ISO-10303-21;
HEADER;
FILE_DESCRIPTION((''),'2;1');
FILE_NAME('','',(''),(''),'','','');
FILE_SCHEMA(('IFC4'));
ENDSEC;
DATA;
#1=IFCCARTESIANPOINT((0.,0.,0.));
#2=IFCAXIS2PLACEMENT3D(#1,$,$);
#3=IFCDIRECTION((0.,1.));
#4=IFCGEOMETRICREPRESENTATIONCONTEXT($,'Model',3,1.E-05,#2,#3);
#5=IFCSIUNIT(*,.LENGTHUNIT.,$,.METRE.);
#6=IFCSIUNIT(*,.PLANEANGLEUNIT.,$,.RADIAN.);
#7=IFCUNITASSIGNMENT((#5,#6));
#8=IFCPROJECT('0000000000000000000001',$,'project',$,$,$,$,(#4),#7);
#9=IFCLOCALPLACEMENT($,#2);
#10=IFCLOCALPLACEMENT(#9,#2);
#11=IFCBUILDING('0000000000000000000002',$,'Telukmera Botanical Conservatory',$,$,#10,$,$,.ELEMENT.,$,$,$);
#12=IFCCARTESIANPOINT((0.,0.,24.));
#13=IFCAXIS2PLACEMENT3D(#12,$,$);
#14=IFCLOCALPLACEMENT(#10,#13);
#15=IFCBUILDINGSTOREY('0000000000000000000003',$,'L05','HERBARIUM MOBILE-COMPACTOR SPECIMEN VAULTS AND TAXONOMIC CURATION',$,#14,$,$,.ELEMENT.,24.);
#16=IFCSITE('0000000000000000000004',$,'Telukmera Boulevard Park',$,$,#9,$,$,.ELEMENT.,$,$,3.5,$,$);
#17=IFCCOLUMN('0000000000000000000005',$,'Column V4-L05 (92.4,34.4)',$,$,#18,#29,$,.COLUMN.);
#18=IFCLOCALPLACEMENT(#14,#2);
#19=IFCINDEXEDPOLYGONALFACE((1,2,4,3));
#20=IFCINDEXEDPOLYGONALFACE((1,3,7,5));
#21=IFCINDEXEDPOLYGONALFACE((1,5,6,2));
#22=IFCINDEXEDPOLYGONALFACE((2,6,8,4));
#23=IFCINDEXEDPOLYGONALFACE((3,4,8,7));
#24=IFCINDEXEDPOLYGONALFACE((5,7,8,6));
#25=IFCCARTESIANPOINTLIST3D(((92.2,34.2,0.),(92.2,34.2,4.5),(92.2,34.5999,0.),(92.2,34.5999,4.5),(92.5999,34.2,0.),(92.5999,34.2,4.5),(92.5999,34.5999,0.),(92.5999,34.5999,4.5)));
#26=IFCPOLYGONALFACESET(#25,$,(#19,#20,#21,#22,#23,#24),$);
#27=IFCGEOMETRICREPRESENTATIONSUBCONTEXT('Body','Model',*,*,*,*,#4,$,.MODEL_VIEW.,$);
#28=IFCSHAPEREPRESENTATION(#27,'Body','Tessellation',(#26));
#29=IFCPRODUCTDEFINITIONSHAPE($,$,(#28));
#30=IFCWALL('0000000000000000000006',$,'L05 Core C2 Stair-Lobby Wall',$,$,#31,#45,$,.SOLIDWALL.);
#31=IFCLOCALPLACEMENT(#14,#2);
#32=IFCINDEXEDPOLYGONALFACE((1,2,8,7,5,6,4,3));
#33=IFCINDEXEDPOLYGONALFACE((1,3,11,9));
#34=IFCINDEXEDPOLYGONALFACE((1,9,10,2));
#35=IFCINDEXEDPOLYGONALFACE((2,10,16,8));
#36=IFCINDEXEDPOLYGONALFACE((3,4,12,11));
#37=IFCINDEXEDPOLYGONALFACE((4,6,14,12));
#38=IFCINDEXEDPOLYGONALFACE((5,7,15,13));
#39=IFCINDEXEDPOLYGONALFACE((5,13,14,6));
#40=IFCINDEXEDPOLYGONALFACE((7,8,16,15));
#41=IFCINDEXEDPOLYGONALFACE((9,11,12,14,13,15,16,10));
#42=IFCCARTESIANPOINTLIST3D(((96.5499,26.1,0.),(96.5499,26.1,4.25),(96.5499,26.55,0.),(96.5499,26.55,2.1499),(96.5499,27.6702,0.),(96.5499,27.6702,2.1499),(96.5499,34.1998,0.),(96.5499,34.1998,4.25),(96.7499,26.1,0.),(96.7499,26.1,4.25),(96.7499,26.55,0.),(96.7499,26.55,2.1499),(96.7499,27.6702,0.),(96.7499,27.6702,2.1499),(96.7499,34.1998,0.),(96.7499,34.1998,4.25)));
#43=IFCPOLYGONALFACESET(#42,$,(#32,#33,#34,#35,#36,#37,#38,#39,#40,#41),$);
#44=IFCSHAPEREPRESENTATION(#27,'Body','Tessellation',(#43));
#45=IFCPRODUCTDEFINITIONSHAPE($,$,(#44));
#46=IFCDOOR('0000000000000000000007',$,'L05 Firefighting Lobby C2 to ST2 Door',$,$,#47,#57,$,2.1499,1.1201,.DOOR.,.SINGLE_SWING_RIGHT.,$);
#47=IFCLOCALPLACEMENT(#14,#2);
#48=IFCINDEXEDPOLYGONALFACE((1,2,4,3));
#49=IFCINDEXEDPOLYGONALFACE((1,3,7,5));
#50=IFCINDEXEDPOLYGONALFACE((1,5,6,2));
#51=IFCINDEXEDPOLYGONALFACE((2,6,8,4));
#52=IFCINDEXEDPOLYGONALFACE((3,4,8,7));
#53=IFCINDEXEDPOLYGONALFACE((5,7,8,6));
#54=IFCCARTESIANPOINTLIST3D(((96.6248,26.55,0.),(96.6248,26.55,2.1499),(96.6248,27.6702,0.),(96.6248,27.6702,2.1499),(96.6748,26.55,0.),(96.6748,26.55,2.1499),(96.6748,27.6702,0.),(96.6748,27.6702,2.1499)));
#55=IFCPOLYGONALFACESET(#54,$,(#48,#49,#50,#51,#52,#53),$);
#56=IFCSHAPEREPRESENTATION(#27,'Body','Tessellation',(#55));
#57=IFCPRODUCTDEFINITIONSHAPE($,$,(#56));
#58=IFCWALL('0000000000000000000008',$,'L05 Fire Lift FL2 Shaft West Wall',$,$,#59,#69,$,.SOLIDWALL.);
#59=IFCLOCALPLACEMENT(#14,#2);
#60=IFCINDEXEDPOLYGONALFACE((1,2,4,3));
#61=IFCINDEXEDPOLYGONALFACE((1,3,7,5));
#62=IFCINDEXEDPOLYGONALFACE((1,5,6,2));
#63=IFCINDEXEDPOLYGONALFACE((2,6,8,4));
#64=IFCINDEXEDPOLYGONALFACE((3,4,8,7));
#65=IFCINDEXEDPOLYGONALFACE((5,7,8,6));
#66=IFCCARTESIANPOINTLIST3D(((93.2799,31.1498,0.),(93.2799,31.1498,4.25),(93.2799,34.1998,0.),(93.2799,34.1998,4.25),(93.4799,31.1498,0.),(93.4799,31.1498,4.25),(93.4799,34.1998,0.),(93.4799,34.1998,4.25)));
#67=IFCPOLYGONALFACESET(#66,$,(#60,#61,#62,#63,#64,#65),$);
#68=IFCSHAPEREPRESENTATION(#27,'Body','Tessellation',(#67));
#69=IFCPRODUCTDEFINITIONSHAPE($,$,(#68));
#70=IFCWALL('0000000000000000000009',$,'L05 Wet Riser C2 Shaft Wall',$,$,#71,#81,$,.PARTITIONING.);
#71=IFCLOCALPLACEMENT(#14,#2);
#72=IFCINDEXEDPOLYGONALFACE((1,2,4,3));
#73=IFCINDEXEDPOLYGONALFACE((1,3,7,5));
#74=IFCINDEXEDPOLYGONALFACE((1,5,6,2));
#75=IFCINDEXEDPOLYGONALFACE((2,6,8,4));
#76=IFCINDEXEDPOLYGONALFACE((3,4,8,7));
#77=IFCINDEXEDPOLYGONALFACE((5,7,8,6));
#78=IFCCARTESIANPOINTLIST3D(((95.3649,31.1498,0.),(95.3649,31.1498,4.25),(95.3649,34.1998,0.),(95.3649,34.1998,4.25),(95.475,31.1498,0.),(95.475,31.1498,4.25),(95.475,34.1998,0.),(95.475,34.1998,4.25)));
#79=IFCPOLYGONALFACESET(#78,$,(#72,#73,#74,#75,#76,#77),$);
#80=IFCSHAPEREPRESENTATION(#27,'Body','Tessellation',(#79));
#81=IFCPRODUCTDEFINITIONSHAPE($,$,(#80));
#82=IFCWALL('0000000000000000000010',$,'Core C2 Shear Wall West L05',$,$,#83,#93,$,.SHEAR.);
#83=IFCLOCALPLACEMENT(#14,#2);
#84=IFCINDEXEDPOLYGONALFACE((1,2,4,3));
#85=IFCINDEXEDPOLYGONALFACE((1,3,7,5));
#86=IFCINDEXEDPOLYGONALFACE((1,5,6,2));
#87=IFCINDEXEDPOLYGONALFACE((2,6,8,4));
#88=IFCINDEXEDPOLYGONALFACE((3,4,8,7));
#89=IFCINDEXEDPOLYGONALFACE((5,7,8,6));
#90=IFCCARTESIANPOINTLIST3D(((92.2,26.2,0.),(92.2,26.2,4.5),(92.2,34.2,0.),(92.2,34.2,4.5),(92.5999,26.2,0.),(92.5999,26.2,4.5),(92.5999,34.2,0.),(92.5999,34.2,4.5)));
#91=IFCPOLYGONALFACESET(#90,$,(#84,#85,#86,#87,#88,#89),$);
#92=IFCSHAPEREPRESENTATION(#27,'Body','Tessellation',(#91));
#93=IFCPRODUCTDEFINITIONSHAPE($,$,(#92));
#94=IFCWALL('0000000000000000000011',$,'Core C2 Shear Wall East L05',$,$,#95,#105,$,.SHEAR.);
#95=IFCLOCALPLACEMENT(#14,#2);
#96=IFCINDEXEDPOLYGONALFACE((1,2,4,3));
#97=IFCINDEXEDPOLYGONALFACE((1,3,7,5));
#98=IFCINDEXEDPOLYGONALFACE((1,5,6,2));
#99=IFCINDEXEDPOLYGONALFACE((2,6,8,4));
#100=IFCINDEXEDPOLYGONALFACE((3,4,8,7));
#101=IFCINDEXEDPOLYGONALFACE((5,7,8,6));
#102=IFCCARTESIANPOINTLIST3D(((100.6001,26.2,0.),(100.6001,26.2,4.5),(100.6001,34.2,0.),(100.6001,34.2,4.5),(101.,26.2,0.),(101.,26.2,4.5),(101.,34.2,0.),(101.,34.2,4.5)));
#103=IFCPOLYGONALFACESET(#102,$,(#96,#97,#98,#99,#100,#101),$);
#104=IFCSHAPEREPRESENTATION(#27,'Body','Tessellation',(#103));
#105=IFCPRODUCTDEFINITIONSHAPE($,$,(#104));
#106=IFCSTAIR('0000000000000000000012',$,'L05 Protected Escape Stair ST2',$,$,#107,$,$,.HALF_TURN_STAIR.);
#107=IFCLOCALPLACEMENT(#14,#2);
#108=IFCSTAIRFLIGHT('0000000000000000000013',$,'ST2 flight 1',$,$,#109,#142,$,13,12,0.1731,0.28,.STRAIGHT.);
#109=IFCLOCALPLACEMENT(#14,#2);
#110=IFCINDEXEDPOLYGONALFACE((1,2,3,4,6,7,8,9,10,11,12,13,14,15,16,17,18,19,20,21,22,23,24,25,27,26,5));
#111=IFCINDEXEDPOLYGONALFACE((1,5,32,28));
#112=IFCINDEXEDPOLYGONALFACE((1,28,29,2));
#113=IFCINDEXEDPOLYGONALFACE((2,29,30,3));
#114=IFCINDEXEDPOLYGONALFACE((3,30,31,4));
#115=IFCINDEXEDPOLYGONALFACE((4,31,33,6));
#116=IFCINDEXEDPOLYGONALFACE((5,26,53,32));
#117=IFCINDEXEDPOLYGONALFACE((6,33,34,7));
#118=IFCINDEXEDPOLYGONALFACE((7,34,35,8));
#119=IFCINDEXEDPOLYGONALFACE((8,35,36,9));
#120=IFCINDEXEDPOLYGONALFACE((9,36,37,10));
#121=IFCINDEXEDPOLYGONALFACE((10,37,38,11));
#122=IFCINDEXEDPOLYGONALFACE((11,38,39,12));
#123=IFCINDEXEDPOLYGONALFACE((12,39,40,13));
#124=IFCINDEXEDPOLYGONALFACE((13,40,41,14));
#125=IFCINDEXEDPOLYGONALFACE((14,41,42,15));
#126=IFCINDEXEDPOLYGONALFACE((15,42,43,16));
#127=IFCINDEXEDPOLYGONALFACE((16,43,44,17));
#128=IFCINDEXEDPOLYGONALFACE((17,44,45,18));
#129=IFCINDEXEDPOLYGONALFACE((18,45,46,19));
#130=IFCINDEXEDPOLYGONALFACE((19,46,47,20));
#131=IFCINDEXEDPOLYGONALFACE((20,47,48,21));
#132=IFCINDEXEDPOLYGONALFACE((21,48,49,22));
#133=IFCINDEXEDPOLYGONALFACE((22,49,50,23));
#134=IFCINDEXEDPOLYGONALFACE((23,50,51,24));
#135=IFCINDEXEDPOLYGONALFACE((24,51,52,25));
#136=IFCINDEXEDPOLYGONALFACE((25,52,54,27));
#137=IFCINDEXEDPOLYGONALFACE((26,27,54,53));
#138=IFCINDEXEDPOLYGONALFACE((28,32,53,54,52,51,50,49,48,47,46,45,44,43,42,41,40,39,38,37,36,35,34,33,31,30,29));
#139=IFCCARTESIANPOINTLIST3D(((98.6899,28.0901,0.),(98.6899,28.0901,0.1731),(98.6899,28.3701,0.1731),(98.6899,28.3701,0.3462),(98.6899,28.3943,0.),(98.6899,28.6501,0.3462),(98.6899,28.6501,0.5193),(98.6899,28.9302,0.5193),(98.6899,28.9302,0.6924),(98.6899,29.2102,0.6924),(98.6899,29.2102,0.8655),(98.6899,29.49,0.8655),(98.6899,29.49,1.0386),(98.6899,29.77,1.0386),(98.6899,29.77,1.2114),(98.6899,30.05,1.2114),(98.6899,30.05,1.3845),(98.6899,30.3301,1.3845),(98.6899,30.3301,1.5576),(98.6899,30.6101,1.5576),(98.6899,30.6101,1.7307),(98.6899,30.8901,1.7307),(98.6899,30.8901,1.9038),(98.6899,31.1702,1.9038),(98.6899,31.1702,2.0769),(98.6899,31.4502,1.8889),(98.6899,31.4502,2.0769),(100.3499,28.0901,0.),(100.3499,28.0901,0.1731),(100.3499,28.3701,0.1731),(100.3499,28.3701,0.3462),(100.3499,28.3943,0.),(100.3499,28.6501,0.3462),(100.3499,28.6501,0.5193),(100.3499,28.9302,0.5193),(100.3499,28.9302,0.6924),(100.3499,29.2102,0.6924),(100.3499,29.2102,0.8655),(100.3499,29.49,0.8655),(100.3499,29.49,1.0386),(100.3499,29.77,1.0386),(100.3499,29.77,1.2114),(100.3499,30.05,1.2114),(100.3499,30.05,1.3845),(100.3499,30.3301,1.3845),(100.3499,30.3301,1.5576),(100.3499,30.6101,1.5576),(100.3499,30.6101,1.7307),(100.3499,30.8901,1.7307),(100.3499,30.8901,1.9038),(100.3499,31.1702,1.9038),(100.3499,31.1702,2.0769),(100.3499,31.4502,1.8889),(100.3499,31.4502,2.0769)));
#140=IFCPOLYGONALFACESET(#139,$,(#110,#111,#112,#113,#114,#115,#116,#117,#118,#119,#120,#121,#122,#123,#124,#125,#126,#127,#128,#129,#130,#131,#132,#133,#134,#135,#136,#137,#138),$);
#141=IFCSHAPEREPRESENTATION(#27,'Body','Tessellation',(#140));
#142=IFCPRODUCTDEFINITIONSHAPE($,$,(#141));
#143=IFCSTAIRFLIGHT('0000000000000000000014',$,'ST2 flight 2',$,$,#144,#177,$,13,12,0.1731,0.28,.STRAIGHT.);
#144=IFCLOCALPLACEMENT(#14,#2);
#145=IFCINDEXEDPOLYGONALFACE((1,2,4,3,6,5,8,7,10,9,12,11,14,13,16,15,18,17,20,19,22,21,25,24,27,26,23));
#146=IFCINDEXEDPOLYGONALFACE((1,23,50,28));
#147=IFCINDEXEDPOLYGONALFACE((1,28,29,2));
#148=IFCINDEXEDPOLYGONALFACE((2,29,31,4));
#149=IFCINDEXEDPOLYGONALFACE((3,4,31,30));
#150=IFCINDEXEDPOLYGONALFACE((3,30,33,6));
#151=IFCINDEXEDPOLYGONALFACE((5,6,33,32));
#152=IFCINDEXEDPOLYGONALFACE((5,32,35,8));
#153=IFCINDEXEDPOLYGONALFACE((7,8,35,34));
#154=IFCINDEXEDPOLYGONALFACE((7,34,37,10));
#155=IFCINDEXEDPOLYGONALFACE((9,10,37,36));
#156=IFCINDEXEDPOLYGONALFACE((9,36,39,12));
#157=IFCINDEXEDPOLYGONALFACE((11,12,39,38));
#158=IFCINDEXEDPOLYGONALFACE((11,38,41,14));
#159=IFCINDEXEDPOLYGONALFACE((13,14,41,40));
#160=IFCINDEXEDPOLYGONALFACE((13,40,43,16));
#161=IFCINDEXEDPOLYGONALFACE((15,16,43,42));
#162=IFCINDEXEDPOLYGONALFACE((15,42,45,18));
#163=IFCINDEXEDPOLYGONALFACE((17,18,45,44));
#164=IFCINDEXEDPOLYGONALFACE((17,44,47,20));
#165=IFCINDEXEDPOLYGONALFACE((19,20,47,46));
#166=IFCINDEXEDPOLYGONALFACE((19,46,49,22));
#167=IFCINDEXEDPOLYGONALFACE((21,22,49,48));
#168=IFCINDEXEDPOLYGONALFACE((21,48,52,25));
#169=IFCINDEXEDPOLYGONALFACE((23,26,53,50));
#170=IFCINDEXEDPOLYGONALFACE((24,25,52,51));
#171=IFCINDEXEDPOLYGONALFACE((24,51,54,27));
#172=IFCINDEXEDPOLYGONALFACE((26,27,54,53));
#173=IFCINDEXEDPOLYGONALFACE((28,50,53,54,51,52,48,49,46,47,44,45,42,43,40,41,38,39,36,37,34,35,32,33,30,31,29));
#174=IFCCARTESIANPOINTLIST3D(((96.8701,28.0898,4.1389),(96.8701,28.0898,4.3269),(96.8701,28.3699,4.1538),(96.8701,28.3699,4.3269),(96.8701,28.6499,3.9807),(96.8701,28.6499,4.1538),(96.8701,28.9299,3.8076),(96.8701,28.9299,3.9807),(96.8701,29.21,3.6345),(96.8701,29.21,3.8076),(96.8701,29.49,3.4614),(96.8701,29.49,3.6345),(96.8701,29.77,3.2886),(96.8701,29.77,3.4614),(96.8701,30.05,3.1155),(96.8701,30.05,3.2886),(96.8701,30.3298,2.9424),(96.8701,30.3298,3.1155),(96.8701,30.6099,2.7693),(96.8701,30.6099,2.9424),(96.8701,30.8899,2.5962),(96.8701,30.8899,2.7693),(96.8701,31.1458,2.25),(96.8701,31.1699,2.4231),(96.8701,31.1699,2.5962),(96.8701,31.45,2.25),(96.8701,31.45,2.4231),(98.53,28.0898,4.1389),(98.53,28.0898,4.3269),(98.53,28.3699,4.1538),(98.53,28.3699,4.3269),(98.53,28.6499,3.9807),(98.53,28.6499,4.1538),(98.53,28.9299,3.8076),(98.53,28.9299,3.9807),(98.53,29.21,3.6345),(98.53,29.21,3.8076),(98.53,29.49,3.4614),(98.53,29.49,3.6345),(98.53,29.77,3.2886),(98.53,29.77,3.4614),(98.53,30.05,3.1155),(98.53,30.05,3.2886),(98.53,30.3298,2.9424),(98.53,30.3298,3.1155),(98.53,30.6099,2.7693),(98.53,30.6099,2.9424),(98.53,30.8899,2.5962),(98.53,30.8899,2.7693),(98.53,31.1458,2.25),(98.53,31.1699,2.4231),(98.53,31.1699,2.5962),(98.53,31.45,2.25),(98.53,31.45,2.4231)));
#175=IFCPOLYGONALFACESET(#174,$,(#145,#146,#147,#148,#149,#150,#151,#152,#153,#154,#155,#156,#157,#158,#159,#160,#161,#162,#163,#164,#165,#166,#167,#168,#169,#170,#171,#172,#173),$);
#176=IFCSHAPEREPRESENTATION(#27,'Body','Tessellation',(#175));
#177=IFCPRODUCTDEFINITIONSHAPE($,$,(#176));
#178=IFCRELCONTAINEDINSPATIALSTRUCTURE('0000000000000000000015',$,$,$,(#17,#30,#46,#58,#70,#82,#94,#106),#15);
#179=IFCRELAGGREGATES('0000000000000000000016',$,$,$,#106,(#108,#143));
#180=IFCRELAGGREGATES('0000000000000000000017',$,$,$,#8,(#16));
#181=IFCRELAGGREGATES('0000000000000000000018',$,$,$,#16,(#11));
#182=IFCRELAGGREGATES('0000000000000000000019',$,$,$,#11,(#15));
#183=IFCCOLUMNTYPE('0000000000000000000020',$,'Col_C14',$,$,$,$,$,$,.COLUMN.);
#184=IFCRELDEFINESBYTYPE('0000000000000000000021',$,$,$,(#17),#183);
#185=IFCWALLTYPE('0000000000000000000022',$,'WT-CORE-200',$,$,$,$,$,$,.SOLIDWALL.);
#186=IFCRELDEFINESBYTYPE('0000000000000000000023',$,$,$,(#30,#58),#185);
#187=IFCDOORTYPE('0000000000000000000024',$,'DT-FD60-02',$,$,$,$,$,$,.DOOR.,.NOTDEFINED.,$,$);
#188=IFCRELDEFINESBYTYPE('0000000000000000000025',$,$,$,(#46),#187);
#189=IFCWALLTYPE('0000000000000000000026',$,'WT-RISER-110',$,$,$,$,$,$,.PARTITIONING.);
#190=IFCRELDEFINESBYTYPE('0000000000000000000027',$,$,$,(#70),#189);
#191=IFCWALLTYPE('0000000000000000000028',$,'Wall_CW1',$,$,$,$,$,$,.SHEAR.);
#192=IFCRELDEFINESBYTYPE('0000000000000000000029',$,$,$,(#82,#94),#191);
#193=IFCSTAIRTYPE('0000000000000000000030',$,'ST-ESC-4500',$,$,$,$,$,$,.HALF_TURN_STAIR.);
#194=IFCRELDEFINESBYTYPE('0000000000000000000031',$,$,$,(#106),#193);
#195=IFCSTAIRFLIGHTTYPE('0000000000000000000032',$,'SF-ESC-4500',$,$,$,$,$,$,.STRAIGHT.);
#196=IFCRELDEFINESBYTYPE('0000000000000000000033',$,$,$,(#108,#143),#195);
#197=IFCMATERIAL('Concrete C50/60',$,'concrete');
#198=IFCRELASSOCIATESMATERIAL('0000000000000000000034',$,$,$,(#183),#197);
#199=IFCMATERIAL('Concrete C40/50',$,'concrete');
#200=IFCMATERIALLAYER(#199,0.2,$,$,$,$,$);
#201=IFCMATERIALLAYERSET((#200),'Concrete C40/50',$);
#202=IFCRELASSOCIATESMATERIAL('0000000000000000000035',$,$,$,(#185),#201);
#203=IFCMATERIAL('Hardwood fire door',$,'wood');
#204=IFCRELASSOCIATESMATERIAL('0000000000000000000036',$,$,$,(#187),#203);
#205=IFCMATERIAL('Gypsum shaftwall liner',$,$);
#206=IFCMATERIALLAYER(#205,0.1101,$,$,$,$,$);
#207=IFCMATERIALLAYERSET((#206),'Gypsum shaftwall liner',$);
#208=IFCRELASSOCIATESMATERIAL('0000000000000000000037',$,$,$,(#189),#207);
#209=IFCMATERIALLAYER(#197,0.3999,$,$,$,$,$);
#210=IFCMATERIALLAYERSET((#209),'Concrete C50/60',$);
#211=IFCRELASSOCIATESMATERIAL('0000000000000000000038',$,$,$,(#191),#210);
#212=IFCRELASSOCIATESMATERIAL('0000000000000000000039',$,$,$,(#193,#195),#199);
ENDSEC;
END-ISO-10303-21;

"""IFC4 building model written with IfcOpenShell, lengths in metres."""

from ifc_helpers import new_model, si_unit, direction, frame, frame_2d, origin, origin_2d, place, context, subcontext, project, spatial, polyline, rectangle, outline, extrude, material, layer, layer_set, material_profile, profile_set, type_object, element, fill, aggregate, save


model = new_model("IFC4")

# Units and contexts
model_context = context("Model", 3, precision=1e-05, world=origin(), true_north=direction((0.0, 1.0)))
body_context = subcontext(model_context, "Body", "Model", "MODEL_VIEW")
ifc_project = project(units=[si_unit("LENGTHUNIT", "METRE"), si_unit("PLANEANGLEUNIT", "RADIAN")], contexts=[model_context])

# Site, building, storey
site_placement = place(None, origin())
site = spatial("IfcSite", under=ifc_project, at=site_placement, Name="Telukmera Boulevard Park", CompositionType="ELEMENT", RefElevation=3.5)
building_placement = place(site_placement, origin())
building = spatial("IfcBuilding", under=site, at=building_placement, Name="Telukmera Botanical Conservatory", CompositionType="ELEMENT")
storey_placement = place(building_placement, frame((0.0, 0.0, 24.0)))
storey = spatial("IfcBuildingStorey", under=building, at=storey_placement, Name="L05", Description="HERBARIUM MOBILE-COMPACTOR SPECIMEN VAULTS AND TAXONOMIC CURATION", CompositionType="ELEMENT", Elevation=24.0)

# Column
ifc_material_1 = material(Name="Concrete C50/60", Category="concrete")
ifc_material_profile = material_profile(ifc_material_1, rectangle(XDim=0.3999, YDim=0.3999, at=origin_2d()), Name="RC 400x400")
ifc_profile_set = profile_set([ifc_material_profile], Name="Concrete C50/60")
column_type = type_object("IfcColumnType", Name="Col_C14", PredefinedType="COLUMN", material=ifc_profile_set)
column_placement = place(storey_placement, frame((92.3999, 34.3999, 0.0), z_axis=(0.0, 0.0, 1.0), x_axis=(1.0, 0.0, 0.0)))
element("IfcColumn", 1, at=column_placement, inside=storey, type_object=column_type, Name="Column V4-L05 (92.4,34.4)", PredefinedType="COLUMN", context=body_context, shape_type="SweptSolid", body=[
    extrude(rectangle(XDim=0.3999, YDim=0.3999, at=origin_2d()), origin(), (0.0, 0.0, 1.0), 4.5),
])

# Wall, opening, door
ifc_material_2 = material(Name="Concrete C40/50", Category="concrete")
ifc_layer_1 = layer(ifc_material_2, 0.2)
ifc_layer_set_1 = layer_set([ifc_layer_1], Name="Concrete C40/50")
wall_type_1 = type_object("IfcWallType", Name="WT-CORE-200", PredefinedType="SOLIDWALL", material=ifc_layer_set_1)
wall_1_placement = place(storey_placement, frame((96.6499, 26.1001, 0.0), z_axis=(0.0, 0.0, 1.0), x_axis=(0.0, 1.0, 0.0)))
wall_1 = element("IfcWall", 2, at=wall_1_placement, inside=storey, type_object=wall_type_1, Name="L05 Core C2 Stair-Lobby Wall", PredefinedType="SOLIDWALL", context=body_context, shape_type="SweptSolid", body=[
    extrude(rectangle(XDim=8.0999, YDim=0.2, at=frame_2d((4.0498, 0.0))), origin(), (0.0, 0.0, 1.0), 4.25),
])
opening_1_placement = place(wall_1_placement, frame((0.45, 0.0, 0.0)))
opening_1 = element("IfcOpeningElement", 3, at=opening_1_placement, cuts=wall_1, PredefinedType="OPENING", context=body_context, shape_type="SweptSolid", body=[
    extrude(rectangle(XDim=1.1201, YDim=2.1499, at=frame_2d((0.5601, 1.075))), frame((0.0, 0.1099, 0.0), z_axis=(0.0, -1.0, 0.0), x_axis=(1.0, 0.0, 0.0)), (0.0, 0.0, 1.0), 0.22),
])
ifc_material_3 = material(Name="Hardwood fire door", Category="wood")
door_type_1 = type_object("IfcDoorType", Name="DT-FD60-02", OperationType="NOTDEFINED", PredefinedType="DOOR", material=ifc_material_3)
door_1_placement = place(opening_1_placement, frame((1.1201, 0.0, 0.0), z_axis=(0.0, 0.0, 1.0), x_axis=(-1.0, 0.0, 0.0)))
door_1 = element("IfcDoor", 4, at=door_1_placement, inside=storey, type_object=door_type_1, Name="L05 Firefighting Lobby C2 to ST2 Door", OperationType="SINGLE_SWING_RIGHT", OverallHeight=2.1499, OverallWidth=1.1201, PredefinedType="DOOR", context=body_context, shape_type="SweptSolid", body=[
    extrude(rectangle(XDim=1.1201, YDim=2.1499, at=frame_2d((0.5601, 1.075))), frame((0.0, 0.0249, 0.0), z_axis=(0.0, -1.0, 0.0), x_axis=(1.0, 0.0, 0.0)), (0.0, 0.0, 1.0), 0.05),
])
fill(opening_1, door_1)

# Walls
wall_2_placement = place(storey_placement, frame((93.3799, 31.1499, 0.0), z_axis=(0.0, 0.0, 1.0), x_axis=(0.0, 1.0, 0.0)))
element("IfcWall", 5, at=wall_2_placement, inside=storey, type_object=wall_type_1, Name="L05 Fire Lift FL2 Shaft West Wall", PredefinedType="SOLIDWALL", context=body_context, shape_type="SweptSolid", body=[
    extrude(rectangle(XDim=3.05, YDim=0.2, at=frame_2d((1.5249, 0.0))), origin(), (0.0, 0.0, 1.0), 4.25),
])
ifc_material_4 = material(Name="Gypsum shaftwall liner")
ifc_layer_2 = layer(ifc_material_4, 0.1101)
ifc_layer_set_2 = layer_set([ifc_layer_2], Name="Gypsum shaftwall liner")
wall_type_2 = type_object("IfcWallType", Name="WT-RISER-110", PredefinedType="PARTITIONING", material=ifc_layer_set_2)
wall_3_placement = place(storey_placement, frame((95.4199, 31.1499, 0.0), z_axis=(0.0, 0.0, 1.0), x_axis=(0.0, 1.0, 0.0)))
element("IfcWall", 6, at=wall_3_placement, inside=storey, type_object=wall_type_2, Name="L05 Wet Riser C2 Shaft Wall", PredefinedType="PARTITIONING", context=body_context, shape_type="SweptSolid", body=[
    extrude(rectangle(XDim=3.05, YDim=0.1101, at=frame_2d((1.5249, 0.0))), origin(), (0.0, 0.0, 1.0), 4.25),
])

# Walls
ifc_layer_3 = layer(ifc_material_1, 0.3999)
ifc_layer_set_3 = layer_set([ifc_layer_3], Name="Concrete C50/60")
wall_type_3 = type_object("IfcWallType", Name="Wall_CW1", PredefinedType="SHEAR", material=ifc_layer_set_3)
for number, where, z_axis, x_axis, name in (
    (7, (92.3999, 26.2, 0.0), (0.0, 0.0, 1.0), (0.0, 1.0, 0.0), "Core C2 Shear Wall West L05"),
    (8, (100.8, 26.2, 0.0), (0.0, 0.0, 1.0), (0.0, 1.0, 0.0), "Core C2 Shear Wall East L05"),
):
    element("IfcWall", number, at=place(storey_placement, frame(where, z_axis=z_axis, x_axis=x_axis)), inside=storey, type_object=wall_type_3, Name=name, PredefinedType="SHEAR", context=body_context, shape_type="SweptSolid", body=[
        extrude(rectangle(XDim=8.0, YDim=0.3999, at=frame_2d((4.0, 0.0))), origin(), (0.0, 0.0, 1.0), 4.5),
    ])

# Stair, stair flights
stair_type = type_object("IfcStairType", Name="ST-ESC-4500", PredefinedType="HALF_TURN_STAIR", material=ifc_material_2)
stair_placement = place(storey_placement, origin())
stair = element("IfcStair", 9, at=stair_placement, inside=storey, type_object=stair_type, Name="L05 Protected Escape Stair ST2", PredefinedType="HALF_TURN_STAIR")
stair_flight_type = type_object("IfcStairFlightType", Name="SF-ESC-4500", PredefinedType="STRAIGHT", material=ifc_material_2)
stair_flight_1_placement = place(storey_placement, frame((99.52, 28.0901, 0.0), z_axis=(0.0, 0.0, 1.0), x_axis=(0.0, 1.0, 0.0)))
stair_flight_1 = element("IfcStairFlight", 10, at=stair_flight_1_placement, type_object=stair_flight_type, Name="ST2 flight 1", NumberOfRisers=13, NumberOfTreads=12, PredefinedType="STRAIGHT", RiserHeight=0.1731, TreadLength=0.28, context=body_context, shape_type="SweptSolid", body=[
    extrude(outline(polyline([(0.0, 0.0), (0.0, 0.1731), (0.28, 0.1731), (0.28, 0.3462), (0.5601, 0.3462), (0.5601, 0.5193), (0.8401, 0.5193), (0.8401, 0.6924), (1.1201, 0.6924), (1.1201, 0.8655), (1.3999, 0.8655), (1.3999, 1.0386), (1.6799, 1.0386), (1.6799, 1.2114), (1.96, 1.2114), (1.96, 1.3845), (2.24, 1.3845), (2.24, 1.5576), (2.52, 1.5576), (2.52, 1.7307), (2.8, 1.7307), (2.8, 1.9038), (3.0801, 1.9038), (3.0801, 2.0769), (3.3601, 2.0769), (3.3601, 2.25), (3.3601, 1.8889), (0.3042, 0.0), (0.0, 0.0)])), frame((0.0, 0.8301, 0.0), z_axis=(0.0, -1.0, 0.0), x_axis=(1.0, 0.0, 0.0)), (0.0, 0.0, 1.0), 1.6599),
])
stair_flight_2_placement = place(storey_placement, frame((97.7, 31.45, 2.25), z_axis=(0.0, 0.0, 1.0), x_axis=(0.0, -1.0, 0.0)))
stair_flight_2 = element("IfcStairFlight", 11, at=stair_flight_2_placement, type_object=stair_flight_type, Name="ST2 flight 2", NumberOfRisers=13, NumberOfTreads=12, PredefinedType="STRAIGHT", RiserHeight=0.1731, TreadLength=0.28, context=body_context, shape_type="SweptSolid", body=[
    extrude(outline(polyline([(0.0, 0.0), (0.0, 0.1731), (0.28, 0.1731), (0.28, 0.3462), (0.5601, 0.3462), (0.5601, 0.5193), (0.8401, 0.5193), (0.8401, 0.6924), (1.1201, 0.6924), (1.1201, 0.8655), (1.3999, 0.8655), (1.3999, 1.0386), (1.6799, 1.0386), (1.6799, 1.2114), (1.96, 1.2114), (1.96, 1.3845), (2.24, 1.3845), (2.24, 1.5576), (2.52, 1.5576), (2.52, 1.7307), (2.8, 1.7307), (2.8, 1.9038), (3.0801, 1.9038), (3.0801, 2.0769), (3.3601, 2.0769), (3.3601, 2.25), (3.3601, 1.8889), (0.3042, 0.0), (0.0, 0.0)])), frame((0.0, 0.8301, 0.0), z_axis=(0.0, -1.0, 0.0), x_axis=(1.0, 0.0, 0.0)), (0.0, 0.0, 1.0), 1.6599),
])
aggregate(stair, [stair_flight_1, stair_flight_2])

save(model, "model.ifc")
